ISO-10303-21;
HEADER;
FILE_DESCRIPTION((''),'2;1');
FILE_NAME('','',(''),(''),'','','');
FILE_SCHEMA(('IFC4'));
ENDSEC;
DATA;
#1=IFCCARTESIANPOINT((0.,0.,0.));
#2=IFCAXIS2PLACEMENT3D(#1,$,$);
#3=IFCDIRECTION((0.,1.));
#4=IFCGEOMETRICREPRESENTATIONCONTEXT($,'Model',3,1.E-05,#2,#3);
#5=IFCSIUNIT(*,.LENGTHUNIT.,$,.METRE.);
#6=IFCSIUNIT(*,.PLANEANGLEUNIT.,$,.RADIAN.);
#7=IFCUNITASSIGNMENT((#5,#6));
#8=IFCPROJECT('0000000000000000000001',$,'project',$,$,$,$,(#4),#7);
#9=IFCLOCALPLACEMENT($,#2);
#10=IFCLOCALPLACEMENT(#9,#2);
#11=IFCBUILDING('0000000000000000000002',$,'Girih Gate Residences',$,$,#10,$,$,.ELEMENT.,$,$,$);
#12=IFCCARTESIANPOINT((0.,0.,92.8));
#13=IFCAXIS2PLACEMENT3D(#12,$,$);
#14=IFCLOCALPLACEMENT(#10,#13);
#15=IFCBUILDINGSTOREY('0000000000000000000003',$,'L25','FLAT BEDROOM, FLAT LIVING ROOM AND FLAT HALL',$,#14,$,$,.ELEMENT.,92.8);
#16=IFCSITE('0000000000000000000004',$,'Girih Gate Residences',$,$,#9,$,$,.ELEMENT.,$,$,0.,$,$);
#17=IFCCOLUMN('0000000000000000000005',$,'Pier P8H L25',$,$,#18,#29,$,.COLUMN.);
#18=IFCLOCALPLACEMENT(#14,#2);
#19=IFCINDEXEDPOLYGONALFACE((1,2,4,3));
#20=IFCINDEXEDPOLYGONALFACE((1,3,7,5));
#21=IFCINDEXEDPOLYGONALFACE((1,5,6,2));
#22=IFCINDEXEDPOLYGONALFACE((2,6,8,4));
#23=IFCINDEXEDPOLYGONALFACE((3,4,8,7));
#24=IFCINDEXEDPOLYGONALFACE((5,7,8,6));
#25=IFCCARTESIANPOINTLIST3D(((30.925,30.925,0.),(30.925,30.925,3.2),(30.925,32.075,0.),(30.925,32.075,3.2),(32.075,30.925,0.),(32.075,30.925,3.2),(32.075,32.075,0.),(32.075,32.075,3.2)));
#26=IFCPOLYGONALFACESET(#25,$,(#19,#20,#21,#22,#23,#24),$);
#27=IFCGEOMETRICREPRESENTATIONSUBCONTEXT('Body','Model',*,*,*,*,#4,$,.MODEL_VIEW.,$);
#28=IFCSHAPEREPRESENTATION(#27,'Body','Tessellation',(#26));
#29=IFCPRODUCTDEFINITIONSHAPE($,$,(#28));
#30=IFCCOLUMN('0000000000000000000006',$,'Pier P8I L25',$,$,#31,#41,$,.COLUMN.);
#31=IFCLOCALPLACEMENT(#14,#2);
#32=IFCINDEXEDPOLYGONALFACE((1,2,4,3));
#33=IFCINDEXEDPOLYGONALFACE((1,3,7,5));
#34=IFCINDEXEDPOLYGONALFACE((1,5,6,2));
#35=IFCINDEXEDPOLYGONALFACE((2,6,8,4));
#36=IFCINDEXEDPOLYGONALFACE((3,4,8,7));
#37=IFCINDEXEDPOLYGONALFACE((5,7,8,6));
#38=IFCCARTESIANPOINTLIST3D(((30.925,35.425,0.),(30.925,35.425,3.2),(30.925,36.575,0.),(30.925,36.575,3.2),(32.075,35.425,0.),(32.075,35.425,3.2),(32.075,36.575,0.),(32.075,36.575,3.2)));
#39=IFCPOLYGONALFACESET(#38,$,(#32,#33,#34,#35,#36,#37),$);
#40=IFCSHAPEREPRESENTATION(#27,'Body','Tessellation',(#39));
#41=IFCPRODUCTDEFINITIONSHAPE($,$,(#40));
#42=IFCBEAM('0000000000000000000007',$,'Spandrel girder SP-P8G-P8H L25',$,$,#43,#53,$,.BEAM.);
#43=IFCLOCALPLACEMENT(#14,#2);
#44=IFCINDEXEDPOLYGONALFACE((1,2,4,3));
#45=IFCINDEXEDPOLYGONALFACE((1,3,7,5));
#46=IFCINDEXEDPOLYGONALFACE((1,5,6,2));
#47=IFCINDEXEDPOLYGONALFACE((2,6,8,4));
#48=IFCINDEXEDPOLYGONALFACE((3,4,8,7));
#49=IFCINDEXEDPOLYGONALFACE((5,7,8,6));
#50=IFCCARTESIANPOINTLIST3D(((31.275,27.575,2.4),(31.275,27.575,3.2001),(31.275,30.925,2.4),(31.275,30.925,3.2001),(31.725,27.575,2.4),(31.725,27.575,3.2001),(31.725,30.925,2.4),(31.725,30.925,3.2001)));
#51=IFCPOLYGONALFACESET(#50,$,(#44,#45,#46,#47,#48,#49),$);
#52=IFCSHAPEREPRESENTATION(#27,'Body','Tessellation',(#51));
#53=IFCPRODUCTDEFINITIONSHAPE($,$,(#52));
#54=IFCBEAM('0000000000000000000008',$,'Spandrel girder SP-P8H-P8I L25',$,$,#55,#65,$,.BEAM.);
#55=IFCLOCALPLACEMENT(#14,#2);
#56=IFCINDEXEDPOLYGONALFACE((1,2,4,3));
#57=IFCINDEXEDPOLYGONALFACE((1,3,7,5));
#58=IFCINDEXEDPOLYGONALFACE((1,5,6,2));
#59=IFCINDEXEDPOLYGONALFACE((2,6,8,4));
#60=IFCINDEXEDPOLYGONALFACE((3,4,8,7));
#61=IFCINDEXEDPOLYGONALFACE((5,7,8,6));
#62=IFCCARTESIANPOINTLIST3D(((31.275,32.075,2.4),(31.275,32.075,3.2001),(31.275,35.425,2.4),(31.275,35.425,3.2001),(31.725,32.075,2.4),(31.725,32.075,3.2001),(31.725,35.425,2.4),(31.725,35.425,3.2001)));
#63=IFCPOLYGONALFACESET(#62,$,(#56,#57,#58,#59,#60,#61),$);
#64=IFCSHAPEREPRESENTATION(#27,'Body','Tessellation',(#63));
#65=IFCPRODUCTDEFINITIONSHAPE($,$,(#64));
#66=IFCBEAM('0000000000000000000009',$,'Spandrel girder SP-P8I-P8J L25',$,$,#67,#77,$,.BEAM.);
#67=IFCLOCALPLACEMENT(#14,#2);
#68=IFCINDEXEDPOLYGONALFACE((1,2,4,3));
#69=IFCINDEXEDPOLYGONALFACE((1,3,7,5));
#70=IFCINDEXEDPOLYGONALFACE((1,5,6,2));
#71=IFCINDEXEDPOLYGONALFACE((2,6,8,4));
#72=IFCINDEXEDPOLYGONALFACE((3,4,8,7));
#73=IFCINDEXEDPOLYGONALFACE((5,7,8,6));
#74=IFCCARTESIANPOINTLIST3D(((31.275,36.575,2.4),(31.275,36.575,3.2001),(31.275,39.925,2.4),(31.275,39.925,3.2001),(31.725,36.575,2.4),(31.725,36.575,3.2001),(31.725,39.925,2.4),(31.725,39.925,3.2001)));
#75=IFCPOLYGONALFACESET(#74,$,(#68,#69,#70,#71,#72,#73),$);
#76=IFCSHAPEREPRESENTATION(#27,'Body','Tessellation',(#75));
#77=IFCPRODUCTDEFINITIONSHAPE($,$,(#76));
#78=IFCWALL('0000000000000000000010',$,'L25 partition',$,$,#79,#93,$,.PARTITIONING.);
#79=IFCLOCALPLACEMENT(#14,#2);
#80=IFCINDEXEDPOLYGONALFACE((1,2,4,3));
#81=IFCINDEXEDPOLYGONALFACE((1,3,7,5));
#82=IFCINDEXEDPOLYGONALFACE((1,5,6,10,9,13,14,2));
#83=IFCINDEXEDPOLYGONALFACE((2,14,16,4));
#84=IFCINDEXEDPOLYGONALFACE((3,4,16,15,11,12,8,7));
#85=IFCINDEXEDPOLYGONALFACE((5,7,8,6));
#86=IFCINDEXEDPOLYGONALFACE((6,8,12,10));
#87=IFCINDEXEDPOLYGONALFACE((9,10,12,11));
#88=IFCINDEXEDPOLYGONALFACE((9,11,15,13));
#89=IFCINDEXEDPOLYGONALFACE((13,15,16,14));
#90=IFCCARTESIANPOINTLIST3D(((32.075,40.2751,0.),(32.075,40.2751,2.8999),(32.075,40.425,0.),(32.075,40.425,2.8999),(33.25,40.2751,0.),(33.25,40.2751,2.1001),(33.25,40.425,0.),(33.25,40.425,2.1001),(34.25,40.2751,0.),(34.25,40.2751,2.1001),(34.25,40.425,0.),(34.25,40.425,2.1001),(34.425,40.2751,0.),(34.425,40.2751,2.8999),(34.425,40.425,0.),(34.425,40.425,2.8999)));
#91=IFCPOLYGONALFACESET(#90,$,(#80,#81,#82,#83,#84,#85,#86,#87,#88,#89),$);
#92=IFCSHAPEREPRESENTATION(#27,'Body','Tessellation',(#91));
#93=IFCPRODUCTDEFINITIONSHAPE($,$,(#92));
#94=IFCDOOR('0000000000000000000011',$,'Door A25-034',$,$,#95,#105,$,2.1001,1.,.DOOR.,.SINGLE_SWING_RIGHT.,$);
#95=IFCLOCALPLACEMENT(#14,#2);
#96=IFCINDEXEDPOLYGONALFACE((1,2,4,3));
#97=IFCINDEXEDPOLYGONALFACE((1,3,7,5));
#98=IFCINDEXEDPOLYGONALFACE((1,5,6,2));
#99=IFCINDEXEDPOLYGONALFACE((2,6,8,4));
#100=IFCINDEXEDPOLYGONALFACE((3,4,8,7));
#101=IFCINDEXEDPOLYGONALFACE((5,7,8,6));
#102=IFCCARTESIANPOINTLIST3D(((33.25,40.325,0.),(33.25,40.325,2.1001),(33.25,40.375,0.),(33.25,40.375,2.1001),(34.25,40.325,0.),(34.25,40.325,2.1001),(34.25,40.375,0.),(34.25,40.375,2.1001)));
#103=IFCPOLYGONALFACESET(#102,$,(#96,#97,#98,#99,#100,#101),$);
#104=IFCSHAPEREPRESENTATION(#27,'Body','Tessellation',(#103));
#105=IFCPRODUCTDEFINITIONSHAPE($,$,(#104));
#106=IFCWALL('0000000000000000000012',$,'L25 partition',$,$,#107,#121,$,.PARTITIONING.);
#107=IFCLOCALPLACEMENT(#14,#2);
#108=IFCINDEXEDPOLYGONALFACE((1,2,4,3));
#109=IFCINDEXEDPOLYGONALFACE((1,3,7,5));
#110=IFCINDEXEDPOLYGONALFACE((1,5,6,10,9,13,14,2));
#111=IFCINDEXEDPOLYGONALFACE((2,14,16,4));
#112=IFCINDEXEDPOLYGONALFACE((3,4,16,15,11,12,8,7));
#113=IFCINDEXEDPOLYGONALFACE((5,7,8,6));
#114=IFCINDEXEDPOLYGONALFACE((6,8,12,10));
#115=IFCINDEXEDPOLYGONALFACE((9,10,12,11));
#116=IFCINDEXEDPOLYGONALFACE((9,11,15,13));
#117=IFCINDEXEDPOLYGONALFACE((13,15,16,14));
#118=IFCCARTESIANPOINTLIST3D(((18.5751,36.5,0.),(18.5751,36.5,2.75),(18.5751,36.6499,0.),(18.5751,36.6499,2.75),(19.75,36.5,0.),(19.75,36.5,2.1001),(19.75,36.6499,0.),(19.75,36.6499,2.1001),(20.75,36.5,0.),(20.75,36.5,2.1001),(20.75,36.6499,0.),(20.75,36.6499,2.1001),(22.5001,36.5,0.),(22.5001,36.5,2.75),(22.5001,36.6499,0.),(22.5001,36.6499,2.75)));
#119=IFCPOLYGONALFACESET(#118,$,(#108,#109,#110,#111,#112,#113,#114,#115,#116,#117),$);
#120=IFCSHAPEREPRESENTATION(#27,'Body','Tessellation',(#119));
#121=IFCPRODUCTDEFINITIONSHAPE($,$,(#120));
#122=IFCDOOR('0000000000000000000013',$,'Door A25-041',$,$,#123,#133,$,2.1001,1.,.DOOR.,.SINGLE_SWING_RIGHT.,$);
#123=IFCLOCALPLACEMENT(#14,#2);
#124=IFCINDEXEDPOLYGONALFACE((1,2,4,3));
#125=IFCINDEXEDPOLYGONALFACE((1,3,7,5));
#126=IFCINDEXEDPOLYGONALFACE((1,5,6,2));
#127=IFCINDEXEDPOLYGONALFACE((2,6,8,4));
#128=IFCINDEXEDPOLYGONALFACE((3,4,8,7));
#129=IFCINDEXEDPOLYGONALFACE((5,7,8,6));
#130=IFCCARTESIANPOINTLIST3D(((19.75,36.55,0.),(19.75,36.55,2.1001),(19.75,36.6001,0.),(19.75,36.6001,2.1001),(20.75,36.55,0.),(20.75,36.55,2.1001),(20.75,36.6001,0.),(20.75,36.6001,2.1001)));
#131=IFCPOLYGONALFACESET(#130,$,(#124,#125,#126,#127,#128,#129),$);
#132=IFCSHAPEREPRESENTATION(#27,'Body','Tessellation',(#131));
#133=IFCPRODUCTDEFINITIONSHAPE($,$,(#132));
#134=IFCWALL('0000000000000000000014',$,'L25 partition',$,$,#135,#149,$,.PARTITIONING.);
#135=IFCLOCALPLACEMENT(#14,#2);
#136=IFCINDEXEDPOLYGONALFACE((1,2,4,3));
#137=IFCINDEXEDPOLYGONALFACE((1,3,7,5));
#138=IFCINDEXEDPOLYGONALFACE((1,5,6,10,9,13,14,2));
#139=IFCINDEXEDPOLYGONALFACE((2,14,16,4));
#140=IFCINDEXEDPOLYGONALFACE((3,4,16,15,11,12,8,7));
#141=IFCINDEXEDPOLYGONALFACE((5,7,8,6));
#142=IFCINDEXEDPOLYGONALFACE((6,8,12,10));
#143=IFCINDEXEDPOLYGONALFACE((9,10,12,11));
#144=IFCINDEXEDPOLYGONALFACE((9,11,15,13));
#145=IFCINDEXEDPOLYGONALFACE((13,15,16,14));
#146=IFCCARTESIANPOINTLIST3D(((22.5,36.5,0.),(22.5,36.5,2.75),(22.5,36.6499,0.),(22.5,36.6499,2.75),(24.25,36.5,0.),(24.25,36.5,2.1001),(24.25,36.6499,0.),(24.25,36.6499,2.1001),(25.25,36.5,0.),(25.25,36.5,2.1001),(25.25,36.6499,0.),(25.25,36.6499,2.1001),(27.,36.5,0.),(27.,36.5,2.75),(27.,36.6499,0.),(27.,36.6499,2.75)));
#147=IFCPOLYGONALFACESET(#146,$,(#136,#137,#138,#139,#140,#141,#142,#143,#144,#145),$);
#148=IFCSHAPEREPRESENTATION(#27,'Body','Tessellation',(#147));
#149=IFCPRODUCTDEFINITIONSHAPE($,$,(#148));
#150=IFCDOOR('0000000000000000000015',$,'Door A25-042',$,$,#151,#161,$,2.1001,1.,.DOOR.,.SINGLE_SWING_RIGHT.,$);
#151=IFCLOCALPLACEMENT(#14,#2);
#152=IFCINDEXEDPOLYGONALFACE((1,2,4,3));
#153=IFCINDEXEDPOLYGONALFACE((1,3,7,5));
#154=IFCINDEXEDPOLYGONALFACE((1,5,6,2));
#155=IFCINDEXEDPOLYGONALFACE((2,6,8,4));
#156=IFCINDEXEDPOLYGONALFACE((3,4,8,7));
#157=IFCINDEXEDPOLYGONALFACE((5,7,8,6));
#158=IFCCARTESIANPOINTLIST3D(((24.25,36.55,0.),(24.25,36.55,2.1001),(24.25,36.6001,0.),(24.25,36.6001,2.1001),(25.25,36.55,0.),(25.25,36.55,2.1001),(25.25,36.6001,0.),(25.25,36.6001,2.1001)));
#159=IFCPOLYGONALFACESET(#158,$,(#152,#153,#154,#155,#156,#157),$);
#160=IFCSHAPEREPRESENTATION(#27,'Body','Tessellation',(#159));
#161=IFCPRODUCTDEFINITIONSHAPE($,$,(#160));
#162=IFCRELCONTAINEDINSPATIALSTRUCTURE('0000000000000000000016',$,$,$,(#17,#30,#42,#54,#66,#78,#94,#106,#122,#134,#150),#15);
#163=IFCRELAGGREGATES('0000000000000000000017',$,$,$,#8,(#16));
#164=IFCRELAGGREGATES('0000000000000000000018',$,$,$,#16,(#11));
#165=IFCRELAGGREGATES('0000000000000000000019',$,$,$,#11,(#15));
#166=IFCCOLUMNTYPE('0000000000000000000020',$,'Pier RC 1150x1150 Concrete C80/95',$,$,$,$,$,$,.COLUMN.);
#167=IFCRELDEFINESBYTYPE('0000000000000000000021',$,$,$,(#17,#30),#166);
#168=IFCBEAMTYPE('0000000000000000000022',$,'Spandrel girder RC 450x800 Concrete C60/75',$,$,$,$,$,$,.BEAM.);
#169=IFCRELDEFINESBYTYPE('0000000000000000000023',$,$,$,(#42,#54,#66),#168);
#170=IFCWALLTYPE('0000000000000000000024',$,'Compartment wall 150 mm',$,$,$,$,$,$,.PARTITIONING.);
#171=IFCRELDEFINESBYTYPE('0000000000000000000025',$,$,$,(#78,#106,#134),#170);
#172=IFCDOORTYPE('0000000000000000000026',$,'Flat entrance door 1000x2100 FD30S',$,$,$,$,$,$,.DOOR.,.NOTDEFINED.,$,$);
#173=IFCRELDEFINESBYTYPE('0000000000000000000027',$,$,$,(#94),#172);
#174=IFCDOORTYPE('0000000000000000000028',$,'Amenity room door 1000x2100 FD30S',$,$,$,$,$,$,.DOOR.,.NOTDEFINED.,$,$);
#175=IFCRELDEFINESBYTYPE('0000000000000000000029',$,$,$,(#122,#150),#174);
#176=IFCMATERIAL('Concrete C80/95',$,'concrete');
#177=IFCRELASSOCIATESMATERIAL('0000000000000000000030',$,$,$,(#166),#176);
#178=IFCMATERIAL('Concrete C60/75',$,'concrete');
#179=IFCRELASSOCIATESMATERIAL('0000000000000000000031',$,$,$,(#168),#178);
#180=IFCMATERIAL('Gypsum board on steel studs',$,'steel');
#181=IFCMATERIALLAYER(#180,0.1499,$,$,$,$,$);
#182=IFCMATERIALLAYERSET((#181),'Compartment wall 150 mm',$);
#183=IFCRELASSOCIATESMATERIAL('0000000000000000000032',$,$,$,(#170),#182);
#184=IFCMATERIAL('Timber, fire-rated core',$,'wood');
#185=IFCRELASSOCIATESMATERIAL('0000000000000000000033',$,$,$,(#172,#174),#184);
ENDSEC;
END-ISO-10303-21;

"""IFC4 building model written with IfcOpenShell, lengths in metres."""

from ifc_helpers import new_model, si_unit, direction, frame, frame_2d, origin, origin_2d, place, context, subcontext, project, spatial, rectangle, extrude, material, layer, layer_set, material_profile, profile_set, type_object, element, fill, save


model = new_model("IFC4")

# Units and contexts
model_context = context("Model", 3, precision=1e-05, world=origin(), true_north=direction((0.0, 1.0)))
body_context = subcontext(model_context, "Body", "Model", "MODEL_VIEW")
ifc_project = project(units=[si_unit("LENGTHUNIT", "METRE"), si_unit("PLANEANGLEUNIT", "RADIAN")], contexts=[model_context])

# Site, building, storey
site_placement = place(None, origin())
site = spatial("IfcSite", under=ifc_project, at=site_placement, Name="Girih Gate Residences", CompositionType="ELEMENT", RefElevation=0.0)
building_placement = place(site_placement, origin())
building = spatial("IfcBuilding", under=site, at=building_placement, Name="Girih Gate Residences", CompositionType="ELEMENT")
storey_placement = place(building_placement, frame((0.0, 0.0, 92.8)))
storey = spatial("IfcBuildingStorey", under=building, at=storey_placement, Name="L25", Description="FLAT BEDROOM, FLAT LIVING ROOM AND FLAT HALL", CompositionType="ELEMENT", Elevation=92.8)

# Columns
ifc_material_1 = material(Name="Concrete C80/95", Category="concrete")
ifc_material_profile_1 = material_profile(ifc_material_1, rectangle(XDim=1.1499, YDim=1.1499, at=origin_2d()))
ifc_profile_set_1 = profile_set([ifc_material_profile_1], Name="Concrete C80/95")
column_type = type_object("IfcColumnType", Name="Pier RC 1150x1150 Concrete C80/95", PredefinedType="COLUMN", material=ifc_profile_set_1)
for number, where, z_axis, x_axis, name in (
    (1, (31.5, 31.5, 0.0), (0.0, 0.0, 1.0), (1.0, 0.0, 0.0), "Pier P8H L25"),
    (2, (31.5, 36.0, 0.0), (0.0, 0.0, 1.0), (1.0, 0.0, 0.0), "Pier P8I L25"),
):
    element("IfcColumn", number, at=place(storey_placement, frame(where, z_axis=z_axis, x_axis=x_axis)), inside=storey, type_object=column_type, Name=name, PredefinedType="COLUMN", context=body_context, shape_type="SweptSolid", body=[
        extrude(rectangle(XDim=1.1499, YDim=1.1499, at=origin_2d()), origin(), (0.0, 0.0, 1.0), 3.2),
    ])

# Beams
ifc_material_2 = material(Name="Concrete C60/75", Category="concrete")
ifc_material_profile_2 = material_profile(ifc_material_2, rectangle(XDim=0.45, YDim=0.8, at=origin_2d()))
ifc_profile_set_2 = profile_set([ifc_material_profile_2], Name="Concrete C60/75")
beam_type = type_object("IfcBeamType", Name="Spandrel girder RC 450x800 Concrete C60/75", PredefinedType="BEAM", material=ifc_profile_set_2)
for number, where, z_axis, x_axis, name in (
    (3, (31.5, 27.575, 2.8), (0.0, 1.0, 0.0), (-1.0, 0.0, 0.0), "Spandrel girder SP-P8G-P8H L25"),
    (4, (31.5, 32.075, 2.8), (0.0, 1.0, 0.0), (-1.0, 0.0, 0.0), "Spandrel girder SP-P8H-P8I L25"),
    (5, (31.5, 36.575, 2.8), (0.0, 1.0, 0.0), (-1.0, 0.0, 0.0), "Spandrel girder SP-P8I-P8J L25"),
):
    element("IfcBeam", number, at=place(storey_placement, frame(where, z_axis=z_axis, x_axis=x_axis)), inside=storey, type_object=beam_type, Name=name, PredefinedType="BEAM", context=body_context, shape_type="SweptSolid", body=[
        extrude(rectangle(XDim=0.45, YDim=0.8, at=origin_2d()), origin(), (0.0, 0.0, 1.0), 3.3501),
    ])

# Walls, openings, doors
ifc_material_3 = material(Name="Gypsum board on steel studs", Category="steel")
ifc_layer = layer(ifc_material_3, 0.1499)
ifc_layer_set = layer_set([ifc_layer], Name="Compartment wall 150 mm")
wall_type = type_object("IfcWallType", Name="Compartment wall 150 mm", PredefinedType="PARTITIONING", material=ifc_layer_set)
wall_1_placement = place(storey_placement, frame((32.075, 40.3501, 0.0), z_axis=(0.0, 0.0, 1.0), x_axis=(1.0, 0.0, 0.0)))
wall_1 = element("IfcWall", 6, at=wall_1_placement, inside=storey, type_object=wall_type, Name="L25 partition", PredefinedType="PARTITIONING", context=body_context, shape_type="SweptSolid", body=[
    extrude(rectangle(XDim=2.3501, YDim=0.1499, at=frame_2d((1.175, 0.0))), origin(), (0.0, 0.0, 1.0), 2.8999),
])
opening_1_placement = place(wall_1_placement, frame((1.175, 0.0, 0.0)))
opening_1 = element("IfcOpeningElement", 7, at=opening_1_placement, cuts=wall_1, PredefinedType="OPENING", context=body_context, shape_type="SweptSolid", body=[
    extrude(rectangle(XDim=1.0, YDim=2.1001, at=frame_2d((0.5, 1.05))), frame((0.0, 0.085, 0.0), z_axis=(0.0, -1.0, 0.0), x_axis=(1.0, 0.0, 0.0)), (0.0, 0.0, 1.0), 0.1699),
])
ifc_material_4 = material(Name="Timber, fire-rated core", Category="wood")
door_type_1 = type_object("IfcDoorType", Name="Flat entrance door 1000x2100 FD30S", OperationType="NOTDEFINED", PredefinedType="DOOR", material=ifc_material_4)
door_1_placement = place(opening_1_placement, origin())
door_1 = element("IfcDoor", 8, at=door_1_placement, inside=storey, type_object=door_type_1, Name="Door A25-034", OperationType="SINGLE_SWING_RIGHT", OverallHeight=2.1001, OverallWidth=1.0, PredefinedType="DOOR", context=body_context, shape_type="SweptSolid", body=[
    extrude(rectangle(XDim=1.0, YDim=2.1001, at=frame_2d((0.5, 1.05))), frame((0.0, 0.0249, 0.0), z_axis=(0.0, -1.0, 0.0), x_axis=(1.0, 0.0, 0.0)), (0.0, 0.0, 1.0), 0.05),
])
fill(opening_1, door_1)
wall_2_placement = place(storey_placement, frame((22.5, 36.575, 0.0), z_axis=(0.0, 0.0, 1.0), x_axis=(-1.0, 0.0, 0.0)))
wall_2 = element("IfcWall", 9, at=wall_2_placement, inside=storey, type_object=wall_type, Name="L25 partition", PredefinedType="PARTITIONING", context=body_context, shape_type="SweptSolid", body=[
    extrude(rectangle(XDim=3.925, YDim=0.1499, at=frame_2d((1.9624, 0.0))), origin(), (0.0, 0.0, 1.0), 2.75),
])
opening_2_placement = place(wall_2_placement, frame((1.75, 0.0, 0.0)))
opening_2 = element("IfcOpeningElement", 10, at=opening_2_placement, cuts=wall_2, PredefinedType="OPENING", context=body_context, shape_type="SweptSolid", body=[
    extrude(rectangle(XDim=1.0, YDim=2.1001, at=frame_2d((0.5, 1.05))), frame((0.0, 0.085, 0.0), z_axis=(0.0, -1.0, 0.0), x_axis=(1.0, 0.0, 0.0)), (0.0, 0.0, 1.0), 0.1699),
])
door_type_2 = type_object("IfcDoorType", Name="Amenity room door 1000x2100 FD30S", OperationType="NOTDEFINED", PredefinedType="DOOR", material=ifc_material_4)
door_2_placement = place(opening_2_placement, origin())
door_2 = element("IfcDoor", 11, at=door_2_placement, inside=storey, type_object=door_type_2, Name="Door A25-041", OperationType="SINGLE_SWING_RIGHT", OverallHeight=2.1001, OverallWidth=1.0, PredefinedType="DOOR", context=body_context, shape_type="SweptSolid", body=[
    extrude(rectangle(XDim=1.0, YDim=2.1001, at=frame_2d((0.5, 1.05))), frame((0.0, 0.0249, 0.0), z_axis=(0.0, -1.0, 0.0), x_axis=(1.0, 0.0, 0.0)), (0.0, 0.0, 1.0), 0.05),
])
fill(opening_2, door_2)
wall_3_placement = place(storey_placement, frame((27.0, 36.575, 0.0), z_axis=(0.0, 0.0, 1.0), x_axis=(-1.0, 0.0, 0.0)))
wall_3 = element("IfcWall", 12, at=wall_3_placement, inside=storey, type_object=wall_type, Name="L25 partition", PredefinedType="PARTITIONING", context=body_context, shape_type="SweptSolid", body=[
    extrude(rectangle(XDim=4.5, YDim=0.1499, at=frame_2d((2.25, 0.0))), origin(), (0.0, 0.0, 1.0), 2.75),
])
opening_3_placement = place(wall_3_placement, frame((1.75, 0.0, 0.0)))
opening_3 = element("IfcOpeningElement", 13, at=opening_3_placement, cuts=wall_3, PredefinedType="OPENING", context=body_context, shape_type="SweptSolid", body=[
    extrude(rectangle(XDim=1.0, YDim=2.1001, at=frame_2d((0.5, 1.05))), frame((0.0, 0.085, 0.0), z_axis=(0.0, -1.0, 0.0), x_axis=(1.0, 0.0, 0.0)), (0.0, 0.0, 1.0), 0.1699),
])
door_3_placement = place(opening_3_placement, origin())
door_3 = element("IfcDoor", 14, at=door_3_placement, inside=storey, type_object=door_type_2, Name="Door A25-042", OperationType="SINGLE_SWING_RIGHT", OverallHeight=2.1001, OverallWidth=1.0, PredefinedType="DOOR", context=body_context, shape_type="SweptSolid", body=[
    extrude(rectangle(XDim=1.0, YDim=2.1001, at=frame_2d((0.5, 1.05))), frame((0.0, 0.0249, 0.0), z_axis=(0.0, -1.0, 0.0), x_axis=(1.0, 0.0, 0.0)), (0.0, 0.0, 1.0), 0.05),
])
fill(opening_3, door_3)

save(model, "model.ifc")
